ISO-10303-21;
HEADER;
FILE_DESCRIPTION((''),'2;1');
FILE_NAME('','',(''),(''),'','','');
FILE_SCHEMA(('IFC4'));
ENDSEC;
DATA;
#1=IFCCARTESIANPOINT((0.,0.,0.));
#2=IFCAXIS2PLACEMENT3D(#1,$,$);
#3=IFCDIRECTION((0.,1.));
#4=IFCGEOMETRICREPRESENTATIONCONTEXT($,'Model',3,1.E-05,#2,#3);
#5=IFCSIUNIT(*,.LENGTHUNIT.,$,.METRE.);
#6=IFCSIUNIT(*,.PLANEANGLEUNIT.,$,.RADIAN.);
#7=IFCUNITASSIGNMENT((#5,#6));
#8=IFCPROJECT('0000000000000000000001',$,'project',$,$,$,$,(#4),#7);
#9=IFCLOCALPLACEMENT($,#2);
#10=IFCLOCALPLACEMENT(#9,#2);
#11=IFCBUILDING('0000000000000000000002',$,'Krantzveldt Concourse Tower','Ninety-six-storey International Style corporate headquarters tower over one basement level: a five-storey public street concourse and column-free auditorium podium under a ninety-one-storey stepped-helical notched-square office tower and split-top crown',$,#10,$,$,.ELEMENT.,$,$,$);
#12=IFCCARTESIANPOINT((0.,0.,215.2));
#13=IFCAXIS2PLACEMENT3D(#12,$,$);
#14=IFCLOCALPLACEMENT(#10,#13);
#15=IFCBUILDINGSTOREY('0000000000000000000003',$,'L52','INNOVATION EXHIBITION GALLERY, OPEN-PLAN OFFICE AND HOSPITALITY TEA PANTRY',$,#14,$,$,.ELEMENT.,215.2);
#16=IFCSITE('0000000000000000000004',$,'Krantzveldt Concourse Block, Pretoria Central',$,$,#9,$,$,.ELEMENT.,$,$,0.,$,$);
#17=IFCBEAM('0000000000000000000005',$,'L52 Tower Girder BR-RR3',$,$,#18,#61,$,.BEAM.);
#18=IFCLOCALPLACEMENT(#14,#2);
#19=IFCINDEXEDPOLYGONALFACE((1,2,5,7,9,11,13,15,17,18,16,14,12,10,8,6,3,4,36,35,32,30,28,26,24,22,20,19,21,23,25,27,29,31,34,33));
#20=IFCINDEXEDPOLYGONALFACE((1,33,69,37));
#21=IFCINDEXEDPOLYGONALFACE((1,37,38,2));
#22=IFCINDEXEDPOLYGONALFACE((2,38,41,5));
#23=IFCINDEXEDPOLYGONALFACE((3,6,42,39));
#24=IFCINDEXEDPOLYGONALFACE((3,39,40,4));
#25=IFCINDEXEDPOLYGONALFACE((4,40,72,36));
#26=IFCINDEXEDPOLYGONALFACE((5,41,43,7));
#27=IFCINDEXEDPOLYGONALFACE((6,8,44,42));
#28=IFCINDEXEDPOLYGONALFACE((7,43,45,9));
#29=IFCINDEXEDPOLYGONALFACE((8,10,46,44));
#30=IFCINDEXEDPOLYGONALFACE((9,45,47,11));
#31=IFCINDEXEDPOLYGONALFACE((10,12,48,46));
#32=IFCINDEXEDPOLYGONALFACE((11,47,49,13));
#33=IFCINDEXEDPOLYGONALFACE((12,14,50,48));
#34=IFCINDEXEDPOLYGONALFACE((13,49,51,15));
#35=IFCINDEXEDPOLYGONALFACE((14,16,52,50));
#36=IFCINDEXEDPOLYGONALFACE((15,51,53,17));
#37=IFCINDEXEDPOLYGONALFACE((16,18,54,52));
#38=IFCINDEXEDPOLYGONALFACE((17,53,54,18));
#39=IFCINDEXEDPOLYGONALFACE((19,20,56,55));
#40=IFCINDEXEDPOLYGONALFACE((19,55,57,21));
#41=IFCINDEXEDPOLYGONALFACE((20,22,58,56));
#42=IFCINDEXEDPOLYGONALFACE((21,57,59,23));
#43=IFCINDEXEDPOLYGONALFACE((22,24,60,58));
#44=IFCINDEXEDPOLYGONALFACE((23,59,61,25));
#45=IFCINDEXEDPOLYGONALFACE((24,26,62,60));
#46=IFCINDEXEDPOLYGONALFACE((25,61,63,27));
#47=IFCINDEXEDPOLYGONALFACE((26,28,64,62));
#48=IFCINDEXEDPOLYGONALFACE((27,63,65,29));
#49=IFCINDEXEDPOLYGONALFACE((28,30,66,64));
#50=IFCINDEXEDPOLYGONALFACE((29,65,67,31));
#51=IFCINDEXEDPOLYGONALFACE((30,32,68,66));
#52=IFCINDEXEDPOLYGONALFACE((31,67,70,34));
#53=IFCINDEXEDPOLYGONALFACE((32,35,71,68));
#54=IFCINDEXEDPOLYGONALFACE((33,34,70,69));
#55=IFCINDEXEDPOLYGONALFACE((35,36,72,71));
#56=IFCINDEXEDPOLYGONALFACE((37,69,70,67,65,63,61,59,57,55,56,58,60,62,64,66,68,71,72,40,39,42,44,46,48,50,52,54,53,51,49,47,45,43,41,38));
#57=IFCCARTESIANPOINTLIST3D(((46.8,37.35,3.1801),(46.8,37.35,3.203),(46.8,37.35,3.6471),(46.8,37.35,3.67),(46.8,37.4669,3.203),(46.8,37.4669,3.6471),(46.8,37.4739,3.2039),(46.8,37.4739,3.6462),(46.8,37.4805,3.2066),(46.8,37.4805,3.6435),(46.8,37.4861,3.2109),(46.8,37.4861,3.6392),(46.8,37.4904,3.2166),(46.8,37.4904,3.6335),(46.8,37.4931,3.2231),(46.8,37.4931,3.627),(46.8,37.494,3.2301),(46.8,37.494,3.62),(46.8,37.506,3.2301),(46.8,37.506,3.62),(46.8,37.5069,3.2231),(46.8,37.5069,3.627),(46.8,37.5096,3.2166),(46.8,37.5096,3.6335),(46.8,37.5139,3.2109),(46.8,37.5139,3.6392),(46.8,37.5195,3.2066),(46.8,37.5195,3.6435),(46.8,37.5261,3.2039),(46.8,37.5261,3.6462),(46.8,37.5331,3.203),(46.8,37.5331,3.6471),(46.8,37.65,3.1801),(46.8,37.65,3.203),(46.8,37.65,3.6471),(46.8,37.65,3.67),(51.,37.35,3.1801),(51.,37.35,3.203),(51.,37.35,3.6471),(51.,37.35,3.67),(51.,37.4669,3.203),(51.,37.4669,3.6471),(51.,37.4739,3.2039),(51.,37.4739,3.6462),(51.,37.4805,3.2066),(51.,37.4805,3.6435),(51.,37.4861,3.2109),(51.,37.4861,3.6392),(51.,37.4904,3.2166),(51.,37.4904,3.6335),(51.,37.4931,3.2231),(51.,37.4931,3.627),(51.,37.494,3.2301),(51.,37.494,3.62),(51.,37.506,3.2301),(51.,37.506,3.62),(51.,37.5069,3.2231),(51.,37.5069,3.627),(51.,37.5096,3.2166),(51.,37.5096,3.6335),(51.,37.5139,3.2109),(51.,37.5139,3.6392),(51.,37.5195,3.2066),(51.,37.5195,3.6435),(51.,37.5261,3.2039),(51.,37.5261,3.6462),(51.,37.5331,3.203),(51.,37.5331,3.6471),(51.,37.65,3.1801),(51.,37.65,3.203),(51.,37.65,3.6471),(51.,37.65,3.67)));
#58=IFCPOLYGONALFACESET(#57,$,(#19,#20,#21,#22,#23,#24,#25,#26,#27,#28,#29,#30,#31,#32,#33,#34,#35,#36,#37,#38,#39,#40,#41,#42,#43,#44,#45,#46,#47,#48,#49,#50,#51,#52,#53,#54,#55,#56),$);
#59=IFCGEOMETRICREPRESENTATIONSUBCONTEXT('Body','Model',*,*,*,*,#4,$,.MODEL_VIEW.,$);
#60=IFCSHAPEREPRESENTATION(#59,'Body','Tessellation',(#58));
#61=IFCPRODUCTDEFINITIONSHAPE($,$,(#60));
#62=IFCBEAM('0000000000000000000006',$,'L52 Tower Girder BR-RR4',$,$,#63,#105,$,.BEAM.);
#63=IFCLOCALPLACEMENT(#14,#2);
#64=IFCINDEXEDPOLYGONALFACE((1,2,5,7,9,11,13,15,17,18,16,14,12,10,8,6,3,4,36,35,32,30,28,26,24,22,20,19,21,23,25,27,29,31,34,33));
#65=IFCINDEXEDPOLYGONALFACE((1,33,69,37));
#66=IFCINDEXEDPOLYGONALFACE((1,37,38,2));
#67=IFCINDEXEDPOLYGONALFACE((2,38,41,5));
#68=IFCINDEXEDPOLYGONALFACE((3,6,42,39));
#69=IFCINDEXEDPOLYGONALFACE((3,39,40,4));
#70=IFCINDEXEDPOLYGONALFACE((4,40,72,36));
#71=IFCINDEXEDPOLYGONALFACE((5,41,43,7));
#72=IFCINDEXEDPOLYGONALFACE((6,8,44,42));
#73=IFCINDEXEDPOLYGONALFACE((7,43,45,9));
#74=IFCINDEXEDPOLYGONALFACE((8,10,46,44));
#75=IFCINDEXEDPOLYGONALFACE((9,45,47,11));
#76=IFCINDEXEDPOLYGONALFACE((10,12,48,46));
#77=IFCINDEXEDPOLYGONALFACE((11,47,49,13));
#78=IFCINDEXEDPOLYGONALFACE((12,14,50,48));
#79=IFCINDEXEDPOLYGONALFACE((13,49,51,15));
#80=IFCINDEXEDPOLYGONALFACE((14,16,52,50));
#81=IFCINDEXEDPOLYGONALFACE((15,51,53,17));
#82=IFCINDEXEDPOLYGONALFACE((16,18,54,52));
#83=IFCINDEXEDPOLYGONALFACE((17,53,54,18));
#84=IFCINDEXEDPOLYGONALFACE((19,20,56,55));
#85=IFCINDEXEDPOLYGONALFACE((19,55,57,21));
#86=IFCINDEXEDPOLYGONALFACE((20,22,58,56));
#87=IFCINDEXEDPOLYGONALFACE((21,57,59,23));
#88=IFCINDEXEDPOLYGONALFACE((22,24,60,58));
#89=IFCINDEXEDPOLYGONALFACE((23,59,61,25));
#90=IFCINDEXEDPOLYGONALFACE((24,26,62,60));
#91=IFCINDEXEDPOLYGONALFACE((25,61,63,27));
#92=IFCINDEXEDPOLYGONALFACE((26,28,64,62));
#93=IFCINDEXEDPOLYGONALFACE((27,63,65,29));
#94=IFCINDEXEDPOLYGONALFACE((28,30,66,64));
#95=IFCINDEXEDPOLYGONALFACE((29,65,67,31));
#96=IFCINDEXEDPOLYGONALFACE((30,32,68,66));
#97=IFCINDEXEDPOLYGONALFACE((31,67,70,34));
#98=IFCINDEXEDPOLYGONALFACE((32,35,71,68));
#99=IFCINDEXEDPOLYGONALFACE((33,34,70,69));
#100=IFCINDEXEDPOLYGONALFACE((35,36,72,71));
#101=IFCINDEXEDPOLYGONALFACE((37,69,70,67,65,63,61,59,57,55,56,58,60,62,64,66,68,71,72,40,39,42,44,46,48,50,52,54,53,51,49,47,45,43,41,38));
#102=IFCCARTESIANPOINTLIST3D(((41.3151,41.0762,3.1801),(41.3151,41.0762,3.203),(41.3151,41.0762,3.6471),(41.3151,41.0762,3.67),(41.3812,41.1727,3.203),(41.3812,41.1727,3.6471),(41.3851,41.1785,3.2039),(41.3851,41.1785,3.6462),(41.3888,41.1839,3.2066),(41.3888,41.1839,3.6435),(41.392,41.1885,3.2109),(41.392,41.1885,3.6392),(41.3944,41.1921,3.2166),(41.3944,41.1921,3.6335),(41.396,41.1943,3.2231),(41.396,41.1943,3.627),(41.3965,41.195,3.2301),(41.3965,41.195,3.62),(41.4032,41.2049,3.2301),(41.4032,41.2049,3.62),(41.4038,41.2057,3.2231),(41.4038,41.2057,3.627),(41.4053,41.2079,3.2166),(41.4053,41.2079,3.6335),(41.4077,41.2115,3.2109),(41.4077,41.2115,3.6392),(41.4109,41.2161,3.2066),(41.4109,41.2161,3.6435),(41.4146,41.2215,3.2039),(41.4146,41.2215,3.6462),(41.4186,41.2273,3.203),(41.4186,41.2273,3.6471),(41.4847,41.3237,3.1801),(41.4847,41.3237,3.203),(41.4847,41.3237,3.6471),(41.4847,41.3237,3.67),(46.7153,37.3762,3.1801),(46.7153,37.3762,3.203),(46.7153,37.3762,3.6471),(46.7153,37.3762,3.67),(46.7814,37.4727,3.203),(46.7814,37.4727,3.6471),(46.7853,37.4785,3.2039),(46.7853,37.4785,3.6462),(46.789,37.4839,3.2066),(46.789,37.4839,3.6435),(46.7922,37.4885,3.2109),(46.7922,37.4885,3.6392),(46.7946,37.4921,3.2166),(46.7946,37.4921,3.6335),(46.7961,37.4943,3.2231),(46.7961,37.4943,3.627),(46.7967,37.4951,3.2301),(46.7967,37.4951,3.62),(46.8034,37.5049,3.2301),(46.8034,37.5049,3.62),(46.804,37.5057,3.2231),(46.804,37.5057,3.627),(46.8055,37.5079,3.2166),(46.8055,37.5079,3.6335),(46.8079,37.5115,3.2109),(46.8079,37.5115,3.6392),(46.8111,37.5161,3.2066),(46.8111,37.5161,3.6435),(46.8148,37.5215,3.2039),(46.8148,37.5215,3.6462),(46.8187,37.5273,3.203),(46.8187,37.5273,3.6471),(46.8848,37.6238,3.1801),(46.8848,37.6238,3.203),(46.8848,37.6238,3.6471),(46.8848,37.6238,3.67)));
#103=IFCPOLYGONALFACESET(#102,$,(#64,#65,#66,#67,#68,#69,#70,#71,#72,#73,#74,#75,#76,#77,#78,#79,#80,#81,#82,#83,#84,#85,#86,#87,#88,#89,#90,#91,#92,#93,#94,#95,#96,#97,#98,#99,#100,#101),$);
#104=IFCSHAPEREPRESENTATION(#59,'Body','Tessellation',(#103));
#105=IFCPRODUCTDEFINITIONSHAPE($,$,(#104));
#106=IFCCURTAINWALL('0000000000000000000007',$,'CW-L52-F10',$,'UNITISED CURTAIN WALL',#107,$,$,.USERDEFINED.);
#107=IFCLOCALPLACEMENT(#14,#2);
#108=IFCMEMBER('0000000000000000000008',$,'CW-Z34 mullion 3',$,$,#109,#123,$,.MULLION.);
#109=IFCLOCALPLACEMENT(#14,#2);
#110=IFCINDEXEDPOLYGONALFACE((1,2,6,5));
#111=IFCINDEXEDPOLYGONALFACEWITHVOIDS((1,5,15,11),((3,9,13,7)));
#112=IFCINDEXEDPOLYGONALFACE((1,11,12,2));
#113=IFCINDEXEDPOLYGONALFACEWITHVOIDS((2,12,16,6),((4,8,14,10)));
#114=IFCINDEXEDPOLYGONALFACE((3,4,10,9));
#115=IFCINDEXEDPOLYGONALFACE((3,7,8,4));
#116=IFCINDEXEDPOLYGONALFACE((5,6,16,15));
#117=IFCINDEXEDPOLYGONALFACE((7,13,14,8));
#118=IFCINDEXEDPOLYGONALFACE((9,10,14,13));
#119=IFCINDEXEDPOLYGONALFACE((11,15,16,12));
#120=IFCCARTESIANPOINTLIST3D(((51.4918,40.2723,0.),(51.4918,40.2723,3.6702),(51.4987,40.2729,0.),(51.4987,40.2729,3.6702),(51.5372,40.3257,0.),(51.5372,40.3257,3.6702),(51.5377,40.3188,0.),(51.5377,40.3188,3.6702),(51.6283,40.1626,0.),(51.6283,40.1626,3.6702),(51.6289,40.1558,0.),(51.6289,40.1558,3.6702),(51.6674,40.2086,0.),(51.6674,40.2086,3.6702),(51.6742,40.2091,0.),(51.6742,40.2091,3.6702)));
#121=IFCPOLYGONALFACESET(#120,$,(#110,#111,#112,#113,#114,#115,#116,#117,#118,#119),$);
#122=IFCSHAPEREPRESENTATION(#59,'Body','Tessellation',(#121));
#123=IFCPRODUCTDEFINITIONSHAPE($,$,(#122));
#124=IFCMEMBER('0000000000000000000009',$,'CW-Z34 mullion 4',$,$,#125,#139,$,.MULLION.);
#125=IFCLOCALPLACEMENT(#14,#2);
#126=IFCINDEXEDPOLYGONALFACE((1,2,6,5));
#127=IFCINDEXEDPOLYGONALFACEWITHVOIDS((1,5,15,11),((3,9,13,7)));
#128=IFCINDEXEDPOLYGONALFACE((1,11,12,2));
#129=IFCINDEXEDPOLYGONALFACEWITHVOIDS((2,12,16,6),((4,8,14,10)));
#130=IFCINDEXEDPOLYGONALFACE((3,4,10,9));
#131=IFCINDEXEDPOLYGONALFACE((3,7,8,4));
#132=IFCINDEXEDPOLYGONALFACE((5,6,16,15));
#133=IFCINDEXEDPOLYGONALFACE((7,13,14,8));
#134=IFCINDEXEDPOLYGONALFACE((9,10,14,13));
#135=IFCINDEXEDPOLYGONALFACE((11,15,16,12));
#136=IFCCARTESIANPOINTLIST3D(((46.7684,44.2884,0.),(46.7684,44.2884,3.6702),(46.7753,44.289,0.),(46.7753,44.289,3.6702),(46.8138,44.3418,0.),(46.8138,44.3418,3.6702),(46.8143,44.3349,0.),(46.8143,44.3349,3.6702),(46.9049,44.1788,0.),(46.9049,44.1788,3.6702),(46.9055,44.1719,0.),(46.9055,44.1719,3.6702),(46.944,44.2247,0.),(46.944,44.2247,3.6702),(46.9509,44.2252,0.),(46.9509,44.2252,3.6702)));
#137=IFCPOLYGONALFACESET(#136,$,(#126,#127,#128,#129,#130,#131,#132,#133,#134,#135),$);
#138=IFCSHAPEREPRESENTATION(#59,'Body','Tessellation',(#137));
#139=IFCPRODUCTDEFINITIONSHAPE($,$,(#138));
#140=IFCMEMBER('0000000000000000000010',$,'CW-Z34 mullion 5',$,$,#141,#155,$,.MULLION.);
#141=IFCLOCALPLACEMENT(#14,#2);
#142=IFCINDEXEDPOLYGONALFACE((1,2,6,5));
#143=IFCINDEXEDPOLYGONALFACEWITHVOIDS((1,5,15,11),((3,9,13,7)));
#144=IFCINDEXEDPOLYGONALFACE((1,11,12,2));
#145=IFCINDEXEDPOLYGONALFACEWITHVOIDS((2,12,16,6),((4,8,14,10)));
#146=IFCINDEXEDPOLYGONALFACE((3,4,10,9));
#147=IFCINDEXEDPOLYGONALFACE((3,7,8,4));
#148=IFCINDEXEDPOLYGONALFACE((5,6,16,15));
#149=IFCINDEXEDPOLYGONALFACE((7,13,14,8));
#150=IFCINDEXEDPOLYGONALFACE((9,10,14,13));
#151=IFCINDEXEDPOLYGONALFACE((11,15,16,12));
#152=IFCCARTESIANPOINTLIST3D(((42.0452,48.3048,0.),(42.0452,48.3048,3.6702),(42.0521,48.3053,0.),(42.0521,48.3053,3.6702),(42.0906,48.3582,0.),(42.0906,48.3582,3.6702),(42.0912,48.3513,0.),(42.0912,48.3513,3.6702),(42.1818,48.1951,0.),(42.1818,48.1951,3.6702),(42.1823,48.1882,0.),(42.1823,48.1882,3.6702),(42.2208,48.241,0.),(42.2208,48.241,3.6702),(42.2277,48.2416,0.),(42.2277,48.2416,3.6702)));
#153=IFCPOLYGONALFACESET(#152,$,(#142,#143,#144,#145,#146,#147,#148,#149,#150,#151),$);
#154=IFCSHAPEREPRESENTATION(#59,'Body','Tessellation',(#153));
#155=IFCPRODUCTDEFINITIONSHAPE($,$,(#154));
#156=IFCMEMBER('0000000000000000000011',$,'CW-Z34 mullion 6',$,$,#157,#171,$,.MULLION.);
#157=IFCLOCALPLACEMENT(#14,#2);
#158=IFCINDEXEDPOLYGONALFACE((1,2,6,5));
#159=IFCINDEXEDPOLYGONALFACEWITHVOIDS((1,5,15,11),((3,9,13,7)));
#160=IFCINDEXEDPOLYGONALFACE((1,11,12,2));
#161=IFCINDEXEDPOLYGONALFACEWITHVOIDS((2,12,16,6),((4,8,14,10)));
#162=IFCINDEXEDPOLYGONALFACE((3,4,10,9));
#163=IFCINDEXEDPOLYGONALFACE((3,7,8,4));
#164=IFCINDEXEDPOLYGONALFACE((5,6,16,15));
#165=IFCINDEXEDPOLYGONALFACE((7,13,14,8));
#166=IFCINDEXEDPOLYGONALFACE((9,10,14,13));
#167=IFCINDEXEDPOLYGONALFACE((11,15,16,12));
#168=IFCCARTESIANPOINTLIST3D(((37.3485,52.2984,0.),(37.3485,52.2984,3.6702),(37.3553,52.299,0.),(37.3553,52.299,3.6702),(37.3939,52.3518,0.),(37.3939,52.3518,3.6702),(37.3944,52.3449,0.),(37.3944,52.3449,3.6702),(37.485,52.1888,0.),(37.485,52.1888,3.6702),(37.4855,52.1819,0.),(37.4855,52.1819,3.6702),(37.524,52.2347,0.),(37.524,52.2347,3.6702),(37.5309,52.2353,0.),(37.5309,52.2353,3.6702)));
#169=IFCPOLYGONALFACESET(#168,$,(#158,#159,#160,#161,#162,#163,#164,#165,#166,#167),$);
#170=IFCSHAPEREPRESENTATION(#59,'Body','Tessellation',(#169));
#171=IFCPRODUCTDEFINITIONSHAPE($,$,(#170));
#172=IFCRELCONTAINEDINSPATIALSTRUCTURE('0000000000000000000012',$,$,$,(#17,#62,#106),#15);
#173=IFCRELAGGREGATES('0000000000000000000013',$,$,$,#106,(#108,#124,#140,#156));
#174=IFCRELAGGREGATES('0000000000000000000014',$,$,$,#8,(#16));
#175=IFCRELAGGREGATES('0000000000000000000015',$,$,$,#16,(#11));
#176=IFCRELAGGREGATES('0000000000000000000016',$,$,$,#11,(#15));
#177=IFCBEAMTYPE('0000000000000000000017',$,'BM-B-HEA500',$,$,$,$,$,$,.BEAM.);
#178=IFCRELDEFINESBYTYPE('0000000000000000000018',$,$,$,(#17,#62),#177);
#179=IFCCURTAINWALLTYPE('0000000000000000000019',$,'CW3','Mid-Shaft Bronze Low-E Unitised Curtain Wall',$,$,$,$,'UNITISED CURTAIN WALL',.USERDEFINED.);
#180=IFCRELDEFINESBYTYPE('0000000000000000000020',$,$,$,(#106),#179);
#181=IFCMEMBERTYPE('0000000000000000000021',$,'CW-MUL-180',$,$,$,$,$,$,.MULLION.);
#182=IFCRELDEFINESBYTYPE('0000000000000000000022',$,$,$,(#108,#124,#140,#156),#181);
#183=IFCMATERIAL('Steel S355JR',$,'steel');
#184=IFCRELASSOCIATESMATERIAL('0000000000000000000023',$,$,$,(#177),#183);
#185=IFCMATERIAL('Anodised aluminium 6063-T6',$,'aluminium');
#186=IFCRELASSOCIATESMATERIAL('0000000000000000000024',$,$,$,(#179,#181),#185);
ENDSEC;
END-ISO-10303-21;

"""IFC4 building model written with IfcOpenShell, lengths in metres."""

from ifc_helpers import new_model, si_unit, direction, frame, origin, origin_2d, place, context, subcontext, project, spatial, hollow_rectangle, i_section, extrude, source, transform, mapped, material, material_profile, profile_set, type_object, type_shapes, element, aggregate, save


model = new_model("IFC4")

# Units and contexts
model_context = context("Model", 3, precision=1e-05, world=origin(), true_north=direction((0.0, 1.0)))
body_context = subcontext(model_context, "Body", "Model", "MODEL_VIEW")
ifc_project = project(units=[si_unit("LENGTHUNIT", "METRE"), si_unit("PLANEANGLEUNIT", "RADIAN")], contexts=[model_context])

# Site, building, storey
site_placement = place(None, origin())
site = spatial("IfcSite", under=ifc_project, at=site_placement, Name="Krantzveldt Concourse Block, Pretoria Central", CompositionType="ELEMENT", RefElevation=0.0)
building_placement = place(site_placement, origin())
building = spatial("IfcBuilding", under=site, at=building_placement, Name="Krantzveldt Concourse Tower", Description="Ninety-six-storey International Style corporate headquarters tower over one basement level: a five-storey public street concourse and column-free auditorium podium under a ninety-one-storey stepped-helical notched-square office tower and split-top crown", CompositionType="ELEMENT")
storey_placement = place(building_placement, frame((0.0, 0.0, 215.2)))
storey = spatial("IfcBuildingStorey", under=building, at=storey_placement, Name="L52", Description="INNOVATION EXHIBITION GALLERY, OPEN-PLAN OFFICE AND HOSPITALITY TEA PANTRY", CompositionType="ELEMENT", Elevation=215.2)

# Beams
ifc_material_1 = material(Name="Steel S355JR", Category="steel")
ifc_material_profile_1 = material_profile(ifc_material_1, i_section(OverallWidth=0.3, OverallDepth=0.49, WebThickness=0.012, FlangeThickness=0.0229, FilletRadius=0.0271, at=origin_2d()), Name="Steel S355JR", Category="steel")
ifc_profile_set_1 = profile_set([ifc_material_profile_1], Name="Steel S355JR - HEA 500")
beam_type_1 = type_object("IfcBeamType", Name="BM-B-HEA500", PredefinedType="BEAM", material=ifc_profile_set_1)
shared_shape_1 = source(origin(), body_context, "Body", "SweptSolid", [
    extrude(i_section(OverallWidth=0.3, OverallDepth=0.49, WebThickness=0.012, FlangeThickness=0.0229, FilletRadius=0.0271, at=origin_2d()), origin(), (0.0, 0.0, 1.0), 4.2),
])
beam_1_placement = place(storey_placement, frame((46.8, 37.5, 3.425), z_axis=(1.0, 0.0, 0.0), x_axis=(0.0, 1.0, 0.0)))
element("IfcBeam", 1, at=beam_1_placement, inside=storey, type_object=beam_type_1, Name="L52 Tower Girder BR-RR3", PredefinedType="BEAM", context=body_context, shape_type="MappedRepresentation", body=[
    mapped(shared_shape_1, transform((0.0, 0.0, 0.0), x_axis=(1.0, 0.0, 0.0), y_axis=(0.0, 1.0, 0.0), z_axis=(0.0, 0.0, 1.0), scale=1.0)),
])
shared_shape_2 = source(origin(), body_context, "Body", "SweptSolid", [
    extrude(i_section(OverallWidth=0.3, OverallDepth=0.49, WebThickness=0.012, FlangeThickness=0.0229, FilletRadius=0.0271, at=origin_2d()), origin(), (0.0, 0.0, 1.0), 6.5461),
])
type_shapes(beam_type_1, [shared_shape_1, shared_shape_2])
beam_2_placement = place(storey_placement, frame((46.8, 37.5, 3.425), z_axis=(-0.824943, 0.565216, 0.0), x_axis=(-0.565216, -0.824943, 0.0)))
element("IfcBeam", 2, at=beam_2_placement, inside=storey, type_object=beam_type_1, Name="L52 Tower Girder BR-RR4", PredefinedType="BEAM", context=body_context, shape_type="MappedRepresentation", body=[
    mapped(shared_shape_2, transform((0.0, 0.0, 0.0), x_axis=(1.0, 0.0, 0.0), y_axis=(0.0, 1.0, 0.0), z_axis=(0.0, 0.0, 1.0), scale=1.0)),
])

# Curtain wall, members
ifc_material_2 = material(Name="Anodised aluminium 6063-T6", Category="aluminium")
curtain_wall_type = type_object("IfcCurtainWallType", Name="CW3", Description="Mid-Shaft Bronze Low-E Unitised Curtain Wall", ElementType="UNITISED CURTAIN WALL", PredefinedType="USERDEFINED", material=ifc_material_2)
curtain_wall_placement = place(storey_placement, origin())
curtain_wall = element("IfcCurtainWall", 3, at=curtain_wall_placement, inside=storey, type_object=curtain_wall_type, Name="CW-L52-F10", ObjectType="UNITISED CURTAIN WALL", PredefinedType="USERDEFINED")
ifc_material_profile_2 = material_profile(ifc_material_2, hollow_rectangle(XDim=0.0701, YDim=0.1799, WallThickness=0.0049, at=origin_2d()), Name="Anodised aluminium 6063-T6", Category="aluminium")
ifc_profile_set_2 = profile_set([ifc_material_profile_2], Name="Anodised aluminium 6063-T6 - ALU-MULL 180x70x5")
member_type_1 = type_object("IfcMemberType", Name="CW-MUL-180", PredefinedType="MULLION", material=ifc_profile_set_2)
shared_shape_3 = source(origin(), body_context, "Body", "SweptSolid", [
    extrude(hollow_rectangle(XDim=0.0701, YDim=0.1799, WallThickness=0.0049, at=origin_2d()), origin(), (0.0, 0.0, 1.0), 3.6702),
])
type_shapes(member_type_1, [shared_shape_3])
member_1_placement = place(storey_placement, frame((51.583, 40.2407, 0.0), z_axis=(0.0, 0.0, 1.0), x_axis=(-0.647788, -0.761821, 0.0)))
member_1 = element("IfcMember", 4, at=member_1_placement, type_object=member_type_1, Name="CW-Z34 mullion 3", PredefinedType="MULLION", context=body_context, shape_type="MappedRepresentation", body=[
    mapped(shared_shape_3, transform((0.0, 0.0, 0.0), x_axis=(1.0, 0.0, 0.0), y_axis=(0.0, 1.0, 0.0), z_axis=(0.0, 0.0, 1.0), scale=1.0)),
])
member_2_placement = place(storey_placement, frame((46.8596, 44.2568, 0.0), z_axis=(0.0, 0.0, 1.0), x_axis=(-0.647788, -0.761821, 0.0)))
member_2 = element("IfcMember", 5, at=member_2_placement, type_object=member_type_1, Name="CW-Z34 mullion 4", PredefinedType="MULLION", context=body_context, shape_type="MappedRepresentation", body=[
    mapped(shared_shape_3, transform((0.0, 0.0, 0.0), x_axis=(1.0, 0.0, 0.0), y_axis=(0.0, 1.0, 0.0), z_axis=(0.0, 0.0, 1.0), scale=1.0)),
])
member_3_placement = place(storey_placement, frame((42.1365, 48.2732, 0.0), z_axis=(0.0, 0.0, 1.0), x_axis=(-0.647788, -0.761821, 0.0)))
member_3 = element("IfcMember", 6, at=member_3_placement, type_object=member_type_1, Name="CW-Z34 mullion 5", PredefinedType="MULLION", context=body_context, shape_type="MappedRepresentation", body=[
    mapped(shared_shape_3, transform((0.0, 0.0, 0.0), x_axis=(1.0, 0.0, 0.0), y_axis=(0.0, 1.0, 0.0), z_axis=(0.0, 0.0, 1.0), scale=1.0)),
])
member_4_placement = place(storey_placement, frame((37.4397, 52.2668, 0.0), z_axis=(0.0, 0.0, 1.0), x_axis=(-0.647788, -0.761821, 0.0)))
member_4 = element("IfcMember", 7, at=member_4_placement, type_object=member_type_1, Name="CW-Z34 mullion 6", PredefinedType="MULLION", context=body_context, shape_type="MappedRepresentation", body=[
    mapped(shared_shape_3, transform((0.0, 0.0, 0.0), x_axis=(1.0, 0.0, 0.0), y_axis=(0.0, 1.0, 0.0), z_axis=(0.0, 0.0, 1.0), scale=1.0)),
])
aggregate(curtain_wall, [member_1, member_2, member_3, member_4])

save(model, "model.ifc")
